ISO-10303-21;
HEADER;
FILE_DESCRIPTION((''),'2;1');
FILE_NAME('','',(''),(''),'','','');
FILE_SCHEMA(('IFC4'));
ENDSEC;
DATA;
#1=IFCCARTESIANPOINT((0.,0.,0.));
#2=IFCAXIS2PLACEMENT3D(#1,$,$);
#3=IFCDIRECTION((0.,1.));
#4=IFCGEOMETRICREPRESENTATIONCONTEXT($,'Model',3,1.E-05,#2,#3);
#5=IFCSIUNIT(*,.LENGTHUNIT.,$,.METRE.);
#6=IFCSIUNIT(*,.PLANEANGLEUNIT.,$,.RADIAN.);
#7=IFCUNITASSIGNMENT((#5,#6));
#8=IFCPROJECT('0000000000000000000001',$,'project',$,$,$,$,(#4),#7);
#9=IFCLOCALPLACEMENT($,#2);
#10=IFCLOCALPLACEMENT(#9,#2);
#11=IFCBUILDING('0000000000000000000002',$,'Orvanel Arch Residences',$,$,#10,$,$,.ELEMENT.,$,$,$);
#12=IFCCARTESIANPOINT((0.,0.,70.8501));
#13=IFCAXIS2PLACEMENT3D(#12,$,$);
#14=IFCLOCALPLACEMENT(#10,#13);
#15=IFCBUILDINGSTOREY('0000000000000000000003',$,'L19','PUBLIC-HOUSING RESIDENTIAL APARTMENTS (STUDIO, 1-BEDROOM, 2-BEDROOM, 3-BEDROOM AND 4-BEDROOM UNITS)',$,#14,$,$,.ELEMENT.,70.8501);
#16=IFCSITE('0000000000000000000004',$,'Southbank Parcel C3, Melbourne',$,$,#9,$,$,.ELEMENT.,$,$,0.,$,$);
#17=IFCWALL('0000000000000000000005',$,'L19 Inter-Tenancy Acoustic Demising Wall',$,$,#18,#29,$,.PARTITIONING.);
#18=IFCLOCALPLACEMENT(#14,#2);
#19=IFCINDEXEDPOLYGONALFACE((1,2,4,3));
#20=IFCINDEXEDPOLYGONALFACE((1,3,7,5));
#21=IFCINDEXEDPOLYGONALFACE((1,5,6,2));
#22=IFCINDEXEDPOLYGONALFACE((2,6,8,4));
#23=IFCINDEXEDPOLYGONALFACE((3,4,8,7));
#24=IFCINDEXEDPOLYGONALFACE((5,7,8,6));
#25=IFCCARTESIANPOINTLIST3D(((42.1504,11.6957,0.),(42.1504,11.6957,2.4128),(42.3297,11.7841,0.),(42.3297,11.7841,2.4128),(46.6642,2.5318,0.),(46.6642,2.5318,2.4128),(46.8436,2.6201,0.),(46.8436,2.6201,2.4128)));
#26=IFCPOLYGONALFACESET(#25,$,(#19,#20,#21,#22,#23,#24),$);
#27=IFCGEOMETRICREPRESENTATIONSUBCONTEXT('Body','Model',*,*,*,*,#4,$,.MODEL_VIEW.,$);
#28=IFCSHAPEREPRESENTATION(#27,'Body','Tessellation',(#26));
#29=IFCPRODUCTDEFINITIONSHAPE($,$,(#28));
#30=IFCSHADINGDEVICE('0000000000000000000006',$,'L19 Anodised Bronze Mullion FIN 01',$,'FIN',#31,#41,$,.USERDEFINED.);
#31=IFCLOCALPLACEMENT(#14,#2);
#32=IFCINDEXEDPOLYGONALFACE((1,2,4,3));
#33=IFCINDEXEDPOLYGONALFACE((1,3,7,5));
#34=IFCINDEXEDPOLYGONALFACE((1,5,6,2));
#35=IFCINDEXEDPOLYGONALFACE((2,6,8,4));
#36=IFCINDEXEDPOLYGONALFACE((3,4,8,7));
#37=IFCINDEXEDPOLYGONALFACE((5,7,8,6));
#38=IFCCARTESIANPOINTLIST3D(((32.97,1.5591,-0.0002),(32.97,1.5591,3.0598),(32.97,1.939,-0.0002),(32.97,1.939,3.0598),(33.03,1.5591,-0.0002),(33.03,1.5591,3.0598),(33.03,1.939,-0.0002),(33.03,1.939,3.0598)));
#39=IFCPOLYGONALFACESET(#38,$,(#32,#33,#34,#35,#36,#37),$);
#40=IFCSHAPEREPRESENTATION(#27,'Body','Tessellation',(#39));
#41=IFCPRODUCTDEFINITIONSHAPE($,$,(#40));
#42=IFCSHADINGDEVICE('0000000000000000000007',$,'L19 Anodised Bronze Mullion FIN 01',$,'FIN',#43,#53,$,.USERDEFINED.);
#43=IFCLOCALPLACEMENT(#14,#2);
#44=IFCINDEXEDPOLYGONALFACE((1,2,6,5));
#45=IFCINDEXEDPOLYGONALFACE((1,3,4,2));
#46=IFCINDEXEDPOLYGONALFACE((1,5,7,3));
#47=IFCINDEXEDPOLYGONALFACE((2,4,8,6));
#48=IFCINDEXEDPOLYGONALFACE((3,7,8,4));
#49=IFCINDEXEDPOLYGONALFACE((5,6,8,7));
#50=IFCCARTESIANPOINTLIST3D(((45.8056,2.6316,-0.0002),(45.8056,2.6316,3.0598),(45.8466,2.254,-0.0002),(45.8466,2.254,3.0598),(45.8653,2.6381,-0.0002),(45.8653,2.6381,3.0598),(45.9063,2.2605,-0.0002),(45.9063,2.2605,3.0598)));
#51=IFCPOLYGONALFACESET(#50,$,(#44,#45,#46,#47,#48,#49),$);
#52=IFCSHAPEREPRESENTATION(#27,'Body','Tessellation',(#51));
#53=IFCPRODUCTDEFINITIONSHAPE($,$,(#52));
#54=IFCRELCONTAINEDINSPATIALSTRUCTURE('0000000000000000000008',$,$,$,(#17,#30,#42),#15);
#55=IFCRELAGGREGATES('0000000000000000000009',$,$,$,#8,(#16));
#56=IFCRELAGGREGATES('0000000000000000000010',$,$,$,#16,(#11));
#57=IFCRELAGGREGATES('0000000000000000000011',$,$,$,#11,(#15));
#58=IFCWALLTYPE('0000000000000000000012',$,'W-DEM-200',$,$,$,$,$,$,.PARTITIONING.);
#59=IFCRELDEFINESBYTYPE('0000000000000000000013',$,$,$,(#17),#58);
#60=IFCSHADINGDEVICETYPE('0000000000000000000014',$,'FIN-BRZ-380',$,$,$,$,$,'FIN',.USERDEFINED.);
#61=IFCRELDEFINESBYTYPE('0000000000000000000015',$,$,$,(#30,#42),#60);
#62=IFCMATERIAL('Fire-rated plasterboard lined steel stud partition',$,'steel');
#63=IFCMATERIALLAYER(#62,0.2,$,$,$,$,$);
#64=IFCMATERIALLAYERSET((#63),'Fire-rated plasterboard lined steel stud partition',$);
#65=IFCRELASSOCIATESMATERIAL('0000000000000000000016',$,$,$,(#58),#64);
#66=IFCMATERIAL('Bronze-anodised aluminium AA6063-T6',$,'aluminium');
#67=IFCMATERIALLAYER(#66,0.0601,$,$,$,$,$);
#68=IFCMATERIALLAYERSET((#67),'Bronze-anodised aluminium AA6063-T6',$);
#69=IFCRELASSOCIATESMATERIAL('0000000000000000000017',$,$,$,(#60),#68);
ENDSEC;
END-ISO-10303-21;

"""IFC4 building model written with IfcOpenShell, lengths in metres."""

from ifc_helpers import new_model, si_unit, direction, frame, frame_2d, origin, origin_2d, place, context, subcontext, project, spatial, rectangle, extrude, material, layer, layer_set, type_object, element, save


model = new_model("IFC4")

# Units and contexts
model_context = context("Model", 3, precision=1e-05, world=origin(), true_north=direction((0.0, 1.0)))
body_context = subcontext(model_context, "Body", "Model", "MODEL_VIEW")
ifc_project = project(units=[si_unit("LENGTHUNIT", "METRE"), si_unit("PLANEANGLEUNIT", "RADIAN")], contexts=[model_context])

# Site, building, storey
site_placement = place(None, origin())
site = spatial("IfcSite", under=ifc_project, at=site_placement, Name="Southbank Parcel C3, Melbourne", CompositionType="ELEMENT", RefElevation=0.0)
building_placement = place(site_placement, origin())
building = spatial("IfcBuilding", under=site, at=building_placement, Name="Orvanel Arch Residences", CompositionType="ELEMENT")
storey_placement = place(building_placement, frame((0.0, 0.0, 70.8501)))
storey = spatial("IfcBuildingStorey", under=building, at=storey_placement, Name="L19", Description="PUBLIC-HOUSING RESIDENTIAL APARTMENTS (STUDIO, 1-BEDROOM, 2-BEDROOM, 3-BEDROOM AND 4-BEDROOM UNITS)", CompositionType="ELEMENT", Elevation=70.8501)

# Shared definitions
ifc_material_1 = material(Name="Bronze-anodised aluminium AA6063-T6", Category="aluminium")

# Wall
ifc_material_2 = material(Name="Fire-rated plasterboard lined steel stud partition", Category="steel")
ifc_layer_1 = layer(ifc_material_2, 0.2)
ifc_layer_set_1 = layer_set([ifc_layer_1], Name="Fire-rated plasterboard lined steel stud partition")
wall_type = type_object("IfcWallType", Name="W-DEM-200", PredefinedType="PARTITIONING", material=ifc_layer_set_1)
wall_placement = place(storey_placement, frame((46.7539, 2.5759, 0.0), z_axis=(0.0, 0.0, 1.0), x_axis=(-0.441871, 0.897078, 0.0)))
element("IfcWall", 1, at=wall_placement, inside=storey, type_object=wall_type, Name="L19 Inter-Tenancy Acoustic Demising Wall", PredefinedType="PARTITIONING", context=body_context, shape_type="SweptSolid", body=[
    extrude(rectangle(XDim=10.2153, YDim=0.2, at=frame_2d((5.1077, 0.0))), origin(), (0.0, 0.0, 1.0), 2.4128),
])

# Shading devices
ifc_layer_2 = layer(ifc_material_1, 0.0601)
ifc_layer_set_2 = layer_set([ifc_layer_2], Name="Bronze-anodised aluminium AA6063-T6")
shading_device_type = type_object("IfcShadingDeviceType", Name="FIN-BRZ-380", ElementType="FIN", PredefinedType="USERDEFINED", material=ifc_layer_set_2)
for number, where, z_axis, x_axis, name in (
    (2, (33.0, 1.749, -0.0002), (0.0, 0.0, 1.0), (0.0, -1.0, 0.0), "L19 Anodised Bronze Mullion FIN 01"),
    (3, (45.856, 2.446, -0.0002), (0.0, 0.0, 1.0), (0.107999, -0.994151, 0.0), "L19 Anodised Bronze Mullion FIN 01"),
):
    element("IfcShadingDevice", number, at=place(storey_placement, frame(where, z_axis=z_axis, x_axis=x_axis)), inside=storey, type_object=shading_device_type, Name=name, ObjectType="FIN", PredefinedType="USERDEFINED", context=body_context, shape_type="SweptSolid", body=[
        extrude(rectangle(XDim=0.3799, YDim=0.0601, at=origin_2d()), origin(), (0.0, 0.0, 1.0), 3.0601),
    ])

save(model, "model.ifc")
